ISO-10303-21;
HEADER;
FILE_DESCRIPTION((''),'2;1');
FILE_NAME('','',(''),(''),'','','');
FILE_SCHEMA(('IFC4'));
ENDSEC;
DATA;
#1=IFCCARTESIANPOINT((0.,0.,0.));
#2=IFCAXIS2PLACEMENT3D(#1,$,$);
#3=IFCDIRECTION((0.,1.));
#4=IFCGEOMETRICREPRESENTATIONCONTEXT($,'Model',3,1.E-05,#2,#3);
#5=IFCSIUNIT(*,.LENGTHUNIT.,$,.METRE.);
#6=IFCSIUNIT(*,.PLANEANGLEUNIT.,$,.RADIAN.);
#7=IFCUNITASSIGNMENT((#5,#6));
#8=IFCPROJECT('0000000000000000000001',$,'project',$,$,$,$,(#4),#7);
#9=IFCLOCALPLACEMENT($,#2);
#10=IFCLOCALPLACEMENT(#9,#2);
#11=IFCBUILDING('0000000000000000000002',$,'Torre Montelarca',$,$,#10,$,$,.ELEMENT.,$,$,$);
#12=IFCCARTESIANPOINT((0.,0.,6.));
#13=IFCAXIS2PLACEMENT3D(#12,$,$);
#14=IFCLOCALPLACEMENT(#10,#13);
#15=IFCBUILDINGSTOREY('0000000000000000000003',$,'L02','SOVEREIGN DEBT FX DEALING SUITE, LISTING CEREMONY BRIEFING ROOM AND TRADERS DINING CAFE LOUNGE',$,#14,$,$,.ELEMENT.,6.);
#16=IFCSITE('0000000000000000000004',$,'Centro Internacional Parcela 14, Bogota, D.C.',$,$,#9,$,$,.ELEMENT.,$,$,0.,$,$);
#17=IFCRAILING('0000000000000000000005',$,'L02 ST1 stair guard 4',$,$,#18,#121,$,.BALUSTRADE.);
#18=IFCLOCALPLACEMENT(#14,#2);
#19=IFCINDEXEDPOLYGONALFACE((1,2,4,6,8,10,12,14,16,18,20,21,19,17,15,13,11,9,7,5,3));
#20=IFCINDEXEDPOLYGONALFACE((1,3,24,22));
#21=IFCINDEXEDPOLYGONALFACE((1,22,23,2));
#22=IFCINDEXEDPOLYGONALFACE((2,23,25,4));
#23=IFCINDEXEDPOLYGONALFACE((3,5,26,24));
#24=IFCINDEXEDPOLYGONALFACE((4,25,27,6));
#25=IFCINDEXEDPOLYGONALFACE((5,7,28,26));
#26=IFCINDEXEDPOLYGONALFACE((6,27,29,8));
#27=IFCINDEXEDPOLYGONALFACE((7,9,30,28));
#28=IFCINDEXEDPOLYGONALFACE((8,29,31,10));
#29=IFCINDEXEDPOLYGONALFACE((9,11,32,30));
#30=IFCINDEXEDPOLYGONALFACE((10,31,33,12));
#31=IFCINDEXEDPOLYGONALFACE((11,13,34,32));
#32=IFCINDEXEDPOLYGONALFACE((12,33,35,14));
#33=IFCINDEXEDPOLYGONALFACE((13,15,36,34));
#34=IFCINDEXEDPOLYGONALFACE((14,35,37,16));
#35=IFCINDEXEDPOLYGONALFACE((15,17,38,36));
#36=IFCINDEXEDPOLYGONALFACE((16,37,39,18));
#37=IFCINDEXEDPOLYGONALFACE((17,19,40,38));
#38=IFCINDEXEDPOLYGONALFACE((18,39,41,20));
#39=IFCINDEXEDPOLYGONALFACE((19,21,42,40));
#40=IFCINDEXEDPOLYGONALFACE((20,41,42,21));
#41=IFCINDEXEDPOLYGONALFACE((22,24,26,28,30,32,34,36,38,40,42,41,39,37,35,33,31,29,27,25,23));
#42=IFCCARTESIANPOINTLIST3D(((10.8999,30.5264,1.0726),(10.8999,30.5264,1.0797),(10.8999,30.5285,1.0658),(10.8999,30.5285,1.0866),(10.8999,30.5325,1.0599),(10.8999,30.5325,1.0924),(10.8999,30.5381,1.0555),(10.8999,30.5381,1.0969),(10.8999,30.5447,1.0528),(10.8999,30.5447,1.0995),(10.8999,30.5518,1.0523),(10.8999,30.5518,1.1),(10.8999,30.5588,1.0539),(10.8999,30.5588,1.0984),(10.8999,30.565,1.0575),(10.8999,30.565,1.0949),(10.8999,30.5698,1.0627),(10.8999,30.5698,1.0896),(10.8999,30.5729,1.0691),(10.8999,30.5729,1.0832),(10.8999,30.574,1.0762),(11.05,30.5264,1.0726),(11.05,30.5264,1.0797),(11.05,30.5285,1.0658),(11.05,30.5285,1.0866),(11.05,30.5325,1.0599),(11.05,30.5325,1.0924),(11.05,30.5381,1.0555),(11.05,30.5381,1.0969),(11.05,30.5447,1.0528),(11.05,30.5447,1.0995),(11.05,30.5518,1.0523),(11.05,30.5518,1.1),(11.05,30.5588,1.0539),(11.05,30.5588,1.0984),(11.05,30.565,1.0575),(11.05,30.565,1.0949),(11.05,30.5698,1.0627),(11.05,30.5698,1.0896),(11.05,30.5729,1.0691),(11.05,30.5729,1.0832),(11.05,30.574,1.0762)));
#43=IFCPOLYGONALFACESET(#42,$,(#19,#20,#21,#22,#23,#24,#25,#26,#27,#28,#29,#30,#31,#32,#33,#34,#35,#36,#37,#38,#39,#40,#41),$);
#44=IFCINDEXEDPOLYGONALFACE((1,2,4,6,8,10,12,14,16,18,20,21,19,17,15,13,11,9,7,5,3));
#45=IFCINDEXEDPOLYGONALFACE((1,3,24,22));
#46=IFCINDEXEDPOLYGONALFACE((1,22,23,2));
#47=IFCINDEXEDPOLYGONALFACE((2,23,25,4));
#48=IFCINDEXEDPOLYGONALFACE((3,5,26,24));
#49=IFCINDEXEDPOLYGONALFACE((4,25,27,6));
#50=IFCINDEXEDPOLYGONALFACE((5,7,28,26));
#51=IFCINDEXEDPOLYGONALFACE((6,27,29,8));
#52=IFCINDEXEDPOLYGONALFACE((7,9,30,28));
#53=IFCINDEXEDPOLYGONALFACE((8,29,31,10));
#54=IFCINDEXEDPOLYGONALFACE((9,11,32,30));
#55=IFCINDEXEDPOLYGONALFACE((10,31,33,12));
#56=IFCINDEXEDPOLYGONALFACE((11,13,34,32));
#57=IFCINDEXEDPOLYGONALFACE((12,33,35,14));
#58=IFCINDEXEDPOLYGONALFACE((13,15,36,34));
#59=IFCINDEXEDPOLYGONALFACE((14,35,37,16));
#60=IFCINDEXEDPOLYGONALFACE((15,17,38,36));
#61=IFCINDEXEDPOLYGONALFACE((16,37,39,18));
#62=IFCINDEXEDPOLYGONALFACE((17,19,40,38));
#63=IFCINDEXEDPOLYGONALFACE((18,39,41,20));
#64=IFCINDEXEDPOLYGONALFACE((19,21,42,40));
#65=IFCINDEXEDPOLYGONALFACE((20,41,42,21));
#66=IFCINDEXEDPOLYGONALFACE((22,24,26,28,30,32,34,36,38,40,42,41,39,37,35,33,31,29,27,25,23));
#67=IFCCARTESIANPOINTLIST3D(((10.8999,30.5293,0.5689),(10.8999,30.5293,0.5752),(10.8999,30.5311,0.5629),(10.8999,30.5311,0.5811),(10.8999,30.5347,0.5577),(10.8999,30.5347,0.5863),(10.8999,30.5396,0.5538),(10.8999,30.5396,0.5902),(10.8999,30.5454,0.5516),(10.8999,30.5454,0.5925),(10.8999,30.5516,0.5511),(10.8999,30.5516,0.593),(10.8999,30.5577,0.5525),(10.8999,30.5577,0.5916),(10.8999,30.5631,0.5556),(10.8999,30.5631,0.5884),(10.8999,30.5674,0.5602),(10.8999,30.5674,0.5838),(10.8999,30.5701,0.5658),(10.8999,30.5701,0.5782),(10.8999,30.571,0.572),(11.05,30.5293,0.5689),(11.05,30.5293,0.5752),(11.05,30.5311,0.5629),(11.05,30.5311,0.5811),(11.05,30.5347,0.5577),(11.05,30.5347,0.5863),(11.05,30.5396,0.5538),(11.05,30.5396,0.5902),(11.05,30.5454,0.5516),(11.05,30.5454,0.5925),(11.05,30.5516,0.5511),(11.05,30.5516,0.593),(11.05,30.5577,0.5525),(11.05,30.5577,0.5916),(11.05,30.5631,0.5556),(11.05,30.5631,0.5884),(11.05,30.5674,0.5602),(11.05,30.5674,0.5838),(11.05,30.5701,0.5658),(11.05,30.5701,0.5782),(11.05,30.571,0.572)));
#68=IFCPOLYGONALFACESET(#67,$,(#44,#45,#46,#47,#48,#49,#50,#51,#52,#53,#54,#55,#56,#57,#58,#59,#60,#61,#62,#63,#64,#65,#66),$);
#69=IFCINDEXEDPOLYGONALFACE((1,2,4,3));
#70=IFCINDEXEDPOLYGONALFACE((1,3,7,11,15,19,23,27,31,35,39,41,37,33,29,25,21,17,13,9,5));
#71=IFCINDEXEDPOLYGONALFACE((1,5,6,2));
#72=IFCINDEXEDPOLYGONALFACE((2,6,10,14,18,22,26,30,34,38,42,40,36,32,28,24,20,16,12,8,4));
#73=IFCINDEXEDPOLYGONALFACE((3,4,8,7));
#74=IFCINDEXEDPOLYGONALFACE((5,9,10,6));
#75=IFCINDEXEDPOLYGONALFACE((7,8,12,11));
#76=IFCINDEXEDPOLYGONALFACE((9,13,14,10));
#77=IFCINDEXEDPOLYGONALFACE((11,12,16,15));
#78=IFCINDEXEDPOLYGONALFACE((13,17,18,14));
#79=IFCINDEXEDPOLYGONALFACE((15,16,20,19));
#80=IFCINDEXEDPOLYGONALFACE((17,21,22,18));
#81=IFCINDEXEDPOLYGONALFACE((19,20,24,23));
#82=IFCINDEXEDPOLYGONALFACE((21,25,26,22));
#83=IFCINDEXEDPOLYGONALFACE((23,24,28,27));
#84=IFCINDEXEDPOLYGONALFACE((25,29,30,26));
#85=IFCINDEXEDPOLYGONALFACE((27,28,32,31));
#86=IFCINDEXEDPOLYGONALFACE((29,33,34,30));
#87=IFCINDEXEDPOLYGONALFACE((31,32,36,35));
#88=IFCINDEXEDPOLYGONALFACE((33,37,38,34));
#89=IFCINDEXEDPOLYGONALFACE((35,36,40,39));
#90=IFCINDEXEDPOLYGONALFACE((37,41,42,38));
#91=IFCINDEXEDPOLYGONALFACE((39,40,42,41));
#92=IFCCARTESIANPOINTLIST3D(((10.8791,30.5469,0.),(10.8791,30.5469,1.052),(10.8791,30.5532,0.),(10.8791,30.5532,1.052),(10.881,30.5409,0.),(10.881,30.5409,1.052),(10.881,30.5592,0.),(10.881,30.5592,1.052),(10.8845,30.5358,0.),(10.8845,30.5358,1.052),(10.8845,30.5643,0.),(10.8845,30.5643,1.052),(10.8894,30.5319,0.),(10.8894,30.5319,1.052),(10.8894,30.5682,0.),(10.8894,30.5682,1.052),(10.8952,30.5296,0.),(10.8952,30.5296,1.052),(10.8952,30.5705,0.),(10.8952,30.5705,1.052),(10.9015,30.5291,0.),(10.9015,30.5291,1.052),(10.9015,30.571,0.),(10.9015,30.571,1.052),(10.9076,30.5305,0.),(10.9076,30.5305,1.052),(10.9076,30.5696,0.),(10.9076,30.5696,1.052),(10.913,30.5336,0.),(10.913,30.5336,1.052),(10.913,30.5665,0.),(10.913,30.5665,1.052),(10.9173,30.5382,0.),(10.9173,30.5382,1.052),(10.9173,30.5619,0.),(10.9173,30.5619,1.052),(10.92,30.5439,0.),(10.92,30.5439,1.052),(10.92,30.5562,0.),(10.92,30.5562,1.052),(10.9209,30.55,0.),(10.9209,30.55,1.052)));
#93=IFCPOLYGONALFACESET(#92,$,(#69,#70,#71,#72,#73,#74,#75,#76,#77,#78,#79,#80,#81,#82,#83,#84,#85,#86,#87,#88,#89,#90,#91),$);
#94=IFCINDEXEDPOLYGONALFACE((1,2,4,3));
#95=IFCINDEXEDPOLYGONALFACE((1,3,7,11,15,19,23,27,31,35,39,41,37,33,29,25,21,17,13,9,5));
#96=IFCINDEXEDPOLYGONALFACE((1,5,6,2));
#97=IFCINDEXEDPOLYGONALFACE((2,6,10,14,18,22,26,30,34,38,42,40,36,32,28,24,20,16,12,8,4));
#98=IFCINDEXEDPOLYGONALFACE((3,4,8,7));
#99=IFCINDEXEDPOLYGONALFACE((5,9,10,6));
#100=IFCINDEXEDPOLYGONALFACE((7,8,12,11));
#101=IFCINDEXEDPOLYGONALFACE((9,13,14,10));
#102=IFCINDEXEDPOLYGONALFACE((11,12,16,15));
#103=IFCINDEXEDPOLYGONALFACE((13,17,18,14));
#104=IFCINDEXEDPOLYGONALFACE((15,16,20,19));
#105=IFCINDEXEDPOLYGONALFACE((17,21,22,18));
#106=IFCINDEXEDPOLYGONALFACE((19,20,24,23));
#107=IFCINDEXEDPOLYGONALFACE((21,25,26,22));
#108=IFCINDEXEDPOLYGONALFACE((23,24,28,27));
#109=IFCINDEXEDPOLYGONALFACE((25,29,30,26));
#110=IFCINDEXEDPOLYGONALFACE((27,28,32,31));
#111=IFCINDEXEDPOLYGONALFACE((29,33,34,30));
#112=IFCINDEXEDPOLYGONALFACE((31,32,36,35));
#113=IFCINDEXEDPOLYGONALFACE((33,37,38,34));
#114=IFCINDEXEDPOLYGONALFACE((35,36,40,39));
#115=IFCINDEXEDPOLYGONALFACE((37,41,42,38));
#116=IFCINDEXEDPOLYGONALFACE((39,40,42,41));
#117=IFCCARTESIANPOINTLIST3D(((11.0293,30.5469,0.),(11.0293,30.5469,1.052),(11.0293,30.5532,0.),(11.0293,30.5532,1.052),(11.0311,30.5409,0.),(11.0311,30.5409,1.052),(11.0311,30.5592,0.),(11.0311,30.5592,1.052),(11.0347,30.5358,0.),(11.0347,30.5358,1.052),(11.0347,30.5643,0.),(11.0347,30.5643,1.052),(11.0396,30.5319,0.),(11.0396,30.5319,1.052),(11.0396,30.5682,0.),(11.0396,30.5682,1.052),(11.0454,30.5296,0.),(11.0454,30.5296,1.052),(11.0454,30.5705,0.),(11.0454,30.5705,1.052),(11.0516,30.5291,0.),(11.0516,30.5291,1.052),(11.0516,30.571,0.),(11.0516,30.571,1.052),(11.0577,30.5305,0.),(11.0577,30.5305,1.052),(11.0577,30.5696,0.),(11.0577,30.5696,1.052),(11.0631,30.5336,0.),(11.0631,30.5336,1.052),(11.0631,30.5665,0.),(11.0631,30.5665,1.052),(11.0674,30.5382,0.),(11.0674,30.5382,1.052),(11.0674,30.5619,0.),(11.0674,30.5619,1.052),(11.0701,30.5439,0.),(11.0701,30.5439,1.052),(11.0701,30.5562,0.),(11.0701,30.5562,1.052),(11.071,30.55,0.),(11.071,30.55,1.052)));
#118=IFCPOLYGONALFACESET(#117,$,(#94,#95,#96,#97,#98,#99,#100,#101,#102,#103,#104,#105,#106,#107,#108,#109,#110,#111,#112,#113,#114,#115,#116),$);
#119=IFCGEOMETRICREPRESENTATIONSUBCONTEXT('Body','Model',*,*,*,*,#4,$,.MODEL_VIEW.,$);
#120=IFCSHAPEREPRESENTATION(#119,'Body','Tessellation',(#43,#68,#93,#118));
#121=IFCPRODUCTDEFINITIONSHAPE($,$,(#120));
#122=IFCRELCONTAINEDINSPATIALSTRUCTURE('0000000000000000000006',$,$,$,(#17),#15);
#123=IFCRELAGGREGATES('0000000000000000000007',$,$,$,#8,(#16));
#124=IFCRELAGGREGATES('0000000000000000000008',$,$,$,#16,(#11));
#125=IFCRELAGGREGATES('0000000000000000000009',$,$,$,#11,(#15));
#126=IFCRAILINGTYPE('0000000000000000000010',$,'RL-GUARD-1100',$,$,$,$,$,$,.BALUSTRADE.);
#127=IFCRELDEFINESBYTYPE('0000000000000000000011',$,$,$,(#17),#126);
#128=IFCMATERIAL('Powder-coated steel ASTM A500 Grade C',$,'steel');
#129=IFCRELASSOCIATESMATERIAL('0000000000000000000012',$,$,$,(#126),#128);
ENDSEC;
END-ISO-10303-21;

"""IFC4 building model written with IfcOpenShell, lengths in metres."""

from ifc_helpers import new_model, si_unit, direction, frame, origin, origin_2d, place, context, subcontext, project, spatial, circle, extrude, material, type_object, element, save


model = new_model("IFC4")

# Units and contexts
model_context = context("Model", 3, precision=1e-05, world=origin(), true_north=direction((0.0, 1.0)))
body_context = subcontext(model_context, "Body", "Model", "MODEL_VIEW")
ifc_project = project(units=[si_unit("LENGTHUNIT", "METRE"), si_unit("PLANEANGLEUNIT", "RADIAN")], contexts=[model_context])

# Site, building, storey
site_placement = place(None, origin())
site = spatial("IfcSite", under=ifc_project, at=site_placement, Name="Centro Internacional Parcela 14, Bogota, D.C.", CompositionType="ELEMENT", RefElevation=0.0)
building_placement = place(site_placement, origin())
building = spatial("IfcBuilding", under=site, at=building_placement, Name="Torre Montelarca", CompositionType="ELEMENT")
storey_placement = place(building_placement, frame((0.0, 0.0, 6.0)))
storey = spatial("IfcBuildingStorey", under=building, at=storey_placement, Name="L02", Description="SOVEREIGN DEBT FX DEALING SUITE, LISTING CEREMONY BRIEFING ROOM AND TRADERS DINING CAFE LOUNGE", CompositionType="ELEMENT", Elevation=6.0)

# Railing
ifc_material_1 = material(Name="Powder-coated steel ASTM A500 Grade C", Category="steel")
railing_type_1 = type_object("IfcRailingType", Name="RL-GUARD-1100", PredefinedType="BALUSTRADE", material=ifc_material_1)
railing_1_placement = place(storey_placement, frame((10.8999, 30.55, 0.0)))
element("IfcRailing", 1, at=railing_1_placement, inside=storey, type_object=railing_type_1, Name="L02 ST1 stair guard 4", PredefinedType="BALUSTRADE", context=body_context, shape_type="SweptSolid", body=[
    extrude(circle(Radius=0.0239, at=origin_2d()), frame((0.0, 0.0, 1.0762), z_axis=(1.0, 0.0, 0.0), x_axis=(0.0, 1.0, 0.0)), (0.0, 0.0, 1.0), 0.1501),
    extrude(circle(Radius=0.021, at=origin_2d()), frame((0.0, 0.0, 0.572), z_axis=(1.0, 0.0, 0.0), x_axis=(0.0, 1.0, 0.0)), (0.0, 0.0, 1.0), 0.1501),
    extrude(circle(Radius=0.021, at=origin_2d()), origin(), (0.0, 0.0, 1.0), 1.052),
    extrude(circle(Radius=0.021, at=origin_2d()), frame((0.1501, 0.0, 0.0)), (0.0, 0.0, 1.0), 1.052),
])

save(model, "model.ifc")
